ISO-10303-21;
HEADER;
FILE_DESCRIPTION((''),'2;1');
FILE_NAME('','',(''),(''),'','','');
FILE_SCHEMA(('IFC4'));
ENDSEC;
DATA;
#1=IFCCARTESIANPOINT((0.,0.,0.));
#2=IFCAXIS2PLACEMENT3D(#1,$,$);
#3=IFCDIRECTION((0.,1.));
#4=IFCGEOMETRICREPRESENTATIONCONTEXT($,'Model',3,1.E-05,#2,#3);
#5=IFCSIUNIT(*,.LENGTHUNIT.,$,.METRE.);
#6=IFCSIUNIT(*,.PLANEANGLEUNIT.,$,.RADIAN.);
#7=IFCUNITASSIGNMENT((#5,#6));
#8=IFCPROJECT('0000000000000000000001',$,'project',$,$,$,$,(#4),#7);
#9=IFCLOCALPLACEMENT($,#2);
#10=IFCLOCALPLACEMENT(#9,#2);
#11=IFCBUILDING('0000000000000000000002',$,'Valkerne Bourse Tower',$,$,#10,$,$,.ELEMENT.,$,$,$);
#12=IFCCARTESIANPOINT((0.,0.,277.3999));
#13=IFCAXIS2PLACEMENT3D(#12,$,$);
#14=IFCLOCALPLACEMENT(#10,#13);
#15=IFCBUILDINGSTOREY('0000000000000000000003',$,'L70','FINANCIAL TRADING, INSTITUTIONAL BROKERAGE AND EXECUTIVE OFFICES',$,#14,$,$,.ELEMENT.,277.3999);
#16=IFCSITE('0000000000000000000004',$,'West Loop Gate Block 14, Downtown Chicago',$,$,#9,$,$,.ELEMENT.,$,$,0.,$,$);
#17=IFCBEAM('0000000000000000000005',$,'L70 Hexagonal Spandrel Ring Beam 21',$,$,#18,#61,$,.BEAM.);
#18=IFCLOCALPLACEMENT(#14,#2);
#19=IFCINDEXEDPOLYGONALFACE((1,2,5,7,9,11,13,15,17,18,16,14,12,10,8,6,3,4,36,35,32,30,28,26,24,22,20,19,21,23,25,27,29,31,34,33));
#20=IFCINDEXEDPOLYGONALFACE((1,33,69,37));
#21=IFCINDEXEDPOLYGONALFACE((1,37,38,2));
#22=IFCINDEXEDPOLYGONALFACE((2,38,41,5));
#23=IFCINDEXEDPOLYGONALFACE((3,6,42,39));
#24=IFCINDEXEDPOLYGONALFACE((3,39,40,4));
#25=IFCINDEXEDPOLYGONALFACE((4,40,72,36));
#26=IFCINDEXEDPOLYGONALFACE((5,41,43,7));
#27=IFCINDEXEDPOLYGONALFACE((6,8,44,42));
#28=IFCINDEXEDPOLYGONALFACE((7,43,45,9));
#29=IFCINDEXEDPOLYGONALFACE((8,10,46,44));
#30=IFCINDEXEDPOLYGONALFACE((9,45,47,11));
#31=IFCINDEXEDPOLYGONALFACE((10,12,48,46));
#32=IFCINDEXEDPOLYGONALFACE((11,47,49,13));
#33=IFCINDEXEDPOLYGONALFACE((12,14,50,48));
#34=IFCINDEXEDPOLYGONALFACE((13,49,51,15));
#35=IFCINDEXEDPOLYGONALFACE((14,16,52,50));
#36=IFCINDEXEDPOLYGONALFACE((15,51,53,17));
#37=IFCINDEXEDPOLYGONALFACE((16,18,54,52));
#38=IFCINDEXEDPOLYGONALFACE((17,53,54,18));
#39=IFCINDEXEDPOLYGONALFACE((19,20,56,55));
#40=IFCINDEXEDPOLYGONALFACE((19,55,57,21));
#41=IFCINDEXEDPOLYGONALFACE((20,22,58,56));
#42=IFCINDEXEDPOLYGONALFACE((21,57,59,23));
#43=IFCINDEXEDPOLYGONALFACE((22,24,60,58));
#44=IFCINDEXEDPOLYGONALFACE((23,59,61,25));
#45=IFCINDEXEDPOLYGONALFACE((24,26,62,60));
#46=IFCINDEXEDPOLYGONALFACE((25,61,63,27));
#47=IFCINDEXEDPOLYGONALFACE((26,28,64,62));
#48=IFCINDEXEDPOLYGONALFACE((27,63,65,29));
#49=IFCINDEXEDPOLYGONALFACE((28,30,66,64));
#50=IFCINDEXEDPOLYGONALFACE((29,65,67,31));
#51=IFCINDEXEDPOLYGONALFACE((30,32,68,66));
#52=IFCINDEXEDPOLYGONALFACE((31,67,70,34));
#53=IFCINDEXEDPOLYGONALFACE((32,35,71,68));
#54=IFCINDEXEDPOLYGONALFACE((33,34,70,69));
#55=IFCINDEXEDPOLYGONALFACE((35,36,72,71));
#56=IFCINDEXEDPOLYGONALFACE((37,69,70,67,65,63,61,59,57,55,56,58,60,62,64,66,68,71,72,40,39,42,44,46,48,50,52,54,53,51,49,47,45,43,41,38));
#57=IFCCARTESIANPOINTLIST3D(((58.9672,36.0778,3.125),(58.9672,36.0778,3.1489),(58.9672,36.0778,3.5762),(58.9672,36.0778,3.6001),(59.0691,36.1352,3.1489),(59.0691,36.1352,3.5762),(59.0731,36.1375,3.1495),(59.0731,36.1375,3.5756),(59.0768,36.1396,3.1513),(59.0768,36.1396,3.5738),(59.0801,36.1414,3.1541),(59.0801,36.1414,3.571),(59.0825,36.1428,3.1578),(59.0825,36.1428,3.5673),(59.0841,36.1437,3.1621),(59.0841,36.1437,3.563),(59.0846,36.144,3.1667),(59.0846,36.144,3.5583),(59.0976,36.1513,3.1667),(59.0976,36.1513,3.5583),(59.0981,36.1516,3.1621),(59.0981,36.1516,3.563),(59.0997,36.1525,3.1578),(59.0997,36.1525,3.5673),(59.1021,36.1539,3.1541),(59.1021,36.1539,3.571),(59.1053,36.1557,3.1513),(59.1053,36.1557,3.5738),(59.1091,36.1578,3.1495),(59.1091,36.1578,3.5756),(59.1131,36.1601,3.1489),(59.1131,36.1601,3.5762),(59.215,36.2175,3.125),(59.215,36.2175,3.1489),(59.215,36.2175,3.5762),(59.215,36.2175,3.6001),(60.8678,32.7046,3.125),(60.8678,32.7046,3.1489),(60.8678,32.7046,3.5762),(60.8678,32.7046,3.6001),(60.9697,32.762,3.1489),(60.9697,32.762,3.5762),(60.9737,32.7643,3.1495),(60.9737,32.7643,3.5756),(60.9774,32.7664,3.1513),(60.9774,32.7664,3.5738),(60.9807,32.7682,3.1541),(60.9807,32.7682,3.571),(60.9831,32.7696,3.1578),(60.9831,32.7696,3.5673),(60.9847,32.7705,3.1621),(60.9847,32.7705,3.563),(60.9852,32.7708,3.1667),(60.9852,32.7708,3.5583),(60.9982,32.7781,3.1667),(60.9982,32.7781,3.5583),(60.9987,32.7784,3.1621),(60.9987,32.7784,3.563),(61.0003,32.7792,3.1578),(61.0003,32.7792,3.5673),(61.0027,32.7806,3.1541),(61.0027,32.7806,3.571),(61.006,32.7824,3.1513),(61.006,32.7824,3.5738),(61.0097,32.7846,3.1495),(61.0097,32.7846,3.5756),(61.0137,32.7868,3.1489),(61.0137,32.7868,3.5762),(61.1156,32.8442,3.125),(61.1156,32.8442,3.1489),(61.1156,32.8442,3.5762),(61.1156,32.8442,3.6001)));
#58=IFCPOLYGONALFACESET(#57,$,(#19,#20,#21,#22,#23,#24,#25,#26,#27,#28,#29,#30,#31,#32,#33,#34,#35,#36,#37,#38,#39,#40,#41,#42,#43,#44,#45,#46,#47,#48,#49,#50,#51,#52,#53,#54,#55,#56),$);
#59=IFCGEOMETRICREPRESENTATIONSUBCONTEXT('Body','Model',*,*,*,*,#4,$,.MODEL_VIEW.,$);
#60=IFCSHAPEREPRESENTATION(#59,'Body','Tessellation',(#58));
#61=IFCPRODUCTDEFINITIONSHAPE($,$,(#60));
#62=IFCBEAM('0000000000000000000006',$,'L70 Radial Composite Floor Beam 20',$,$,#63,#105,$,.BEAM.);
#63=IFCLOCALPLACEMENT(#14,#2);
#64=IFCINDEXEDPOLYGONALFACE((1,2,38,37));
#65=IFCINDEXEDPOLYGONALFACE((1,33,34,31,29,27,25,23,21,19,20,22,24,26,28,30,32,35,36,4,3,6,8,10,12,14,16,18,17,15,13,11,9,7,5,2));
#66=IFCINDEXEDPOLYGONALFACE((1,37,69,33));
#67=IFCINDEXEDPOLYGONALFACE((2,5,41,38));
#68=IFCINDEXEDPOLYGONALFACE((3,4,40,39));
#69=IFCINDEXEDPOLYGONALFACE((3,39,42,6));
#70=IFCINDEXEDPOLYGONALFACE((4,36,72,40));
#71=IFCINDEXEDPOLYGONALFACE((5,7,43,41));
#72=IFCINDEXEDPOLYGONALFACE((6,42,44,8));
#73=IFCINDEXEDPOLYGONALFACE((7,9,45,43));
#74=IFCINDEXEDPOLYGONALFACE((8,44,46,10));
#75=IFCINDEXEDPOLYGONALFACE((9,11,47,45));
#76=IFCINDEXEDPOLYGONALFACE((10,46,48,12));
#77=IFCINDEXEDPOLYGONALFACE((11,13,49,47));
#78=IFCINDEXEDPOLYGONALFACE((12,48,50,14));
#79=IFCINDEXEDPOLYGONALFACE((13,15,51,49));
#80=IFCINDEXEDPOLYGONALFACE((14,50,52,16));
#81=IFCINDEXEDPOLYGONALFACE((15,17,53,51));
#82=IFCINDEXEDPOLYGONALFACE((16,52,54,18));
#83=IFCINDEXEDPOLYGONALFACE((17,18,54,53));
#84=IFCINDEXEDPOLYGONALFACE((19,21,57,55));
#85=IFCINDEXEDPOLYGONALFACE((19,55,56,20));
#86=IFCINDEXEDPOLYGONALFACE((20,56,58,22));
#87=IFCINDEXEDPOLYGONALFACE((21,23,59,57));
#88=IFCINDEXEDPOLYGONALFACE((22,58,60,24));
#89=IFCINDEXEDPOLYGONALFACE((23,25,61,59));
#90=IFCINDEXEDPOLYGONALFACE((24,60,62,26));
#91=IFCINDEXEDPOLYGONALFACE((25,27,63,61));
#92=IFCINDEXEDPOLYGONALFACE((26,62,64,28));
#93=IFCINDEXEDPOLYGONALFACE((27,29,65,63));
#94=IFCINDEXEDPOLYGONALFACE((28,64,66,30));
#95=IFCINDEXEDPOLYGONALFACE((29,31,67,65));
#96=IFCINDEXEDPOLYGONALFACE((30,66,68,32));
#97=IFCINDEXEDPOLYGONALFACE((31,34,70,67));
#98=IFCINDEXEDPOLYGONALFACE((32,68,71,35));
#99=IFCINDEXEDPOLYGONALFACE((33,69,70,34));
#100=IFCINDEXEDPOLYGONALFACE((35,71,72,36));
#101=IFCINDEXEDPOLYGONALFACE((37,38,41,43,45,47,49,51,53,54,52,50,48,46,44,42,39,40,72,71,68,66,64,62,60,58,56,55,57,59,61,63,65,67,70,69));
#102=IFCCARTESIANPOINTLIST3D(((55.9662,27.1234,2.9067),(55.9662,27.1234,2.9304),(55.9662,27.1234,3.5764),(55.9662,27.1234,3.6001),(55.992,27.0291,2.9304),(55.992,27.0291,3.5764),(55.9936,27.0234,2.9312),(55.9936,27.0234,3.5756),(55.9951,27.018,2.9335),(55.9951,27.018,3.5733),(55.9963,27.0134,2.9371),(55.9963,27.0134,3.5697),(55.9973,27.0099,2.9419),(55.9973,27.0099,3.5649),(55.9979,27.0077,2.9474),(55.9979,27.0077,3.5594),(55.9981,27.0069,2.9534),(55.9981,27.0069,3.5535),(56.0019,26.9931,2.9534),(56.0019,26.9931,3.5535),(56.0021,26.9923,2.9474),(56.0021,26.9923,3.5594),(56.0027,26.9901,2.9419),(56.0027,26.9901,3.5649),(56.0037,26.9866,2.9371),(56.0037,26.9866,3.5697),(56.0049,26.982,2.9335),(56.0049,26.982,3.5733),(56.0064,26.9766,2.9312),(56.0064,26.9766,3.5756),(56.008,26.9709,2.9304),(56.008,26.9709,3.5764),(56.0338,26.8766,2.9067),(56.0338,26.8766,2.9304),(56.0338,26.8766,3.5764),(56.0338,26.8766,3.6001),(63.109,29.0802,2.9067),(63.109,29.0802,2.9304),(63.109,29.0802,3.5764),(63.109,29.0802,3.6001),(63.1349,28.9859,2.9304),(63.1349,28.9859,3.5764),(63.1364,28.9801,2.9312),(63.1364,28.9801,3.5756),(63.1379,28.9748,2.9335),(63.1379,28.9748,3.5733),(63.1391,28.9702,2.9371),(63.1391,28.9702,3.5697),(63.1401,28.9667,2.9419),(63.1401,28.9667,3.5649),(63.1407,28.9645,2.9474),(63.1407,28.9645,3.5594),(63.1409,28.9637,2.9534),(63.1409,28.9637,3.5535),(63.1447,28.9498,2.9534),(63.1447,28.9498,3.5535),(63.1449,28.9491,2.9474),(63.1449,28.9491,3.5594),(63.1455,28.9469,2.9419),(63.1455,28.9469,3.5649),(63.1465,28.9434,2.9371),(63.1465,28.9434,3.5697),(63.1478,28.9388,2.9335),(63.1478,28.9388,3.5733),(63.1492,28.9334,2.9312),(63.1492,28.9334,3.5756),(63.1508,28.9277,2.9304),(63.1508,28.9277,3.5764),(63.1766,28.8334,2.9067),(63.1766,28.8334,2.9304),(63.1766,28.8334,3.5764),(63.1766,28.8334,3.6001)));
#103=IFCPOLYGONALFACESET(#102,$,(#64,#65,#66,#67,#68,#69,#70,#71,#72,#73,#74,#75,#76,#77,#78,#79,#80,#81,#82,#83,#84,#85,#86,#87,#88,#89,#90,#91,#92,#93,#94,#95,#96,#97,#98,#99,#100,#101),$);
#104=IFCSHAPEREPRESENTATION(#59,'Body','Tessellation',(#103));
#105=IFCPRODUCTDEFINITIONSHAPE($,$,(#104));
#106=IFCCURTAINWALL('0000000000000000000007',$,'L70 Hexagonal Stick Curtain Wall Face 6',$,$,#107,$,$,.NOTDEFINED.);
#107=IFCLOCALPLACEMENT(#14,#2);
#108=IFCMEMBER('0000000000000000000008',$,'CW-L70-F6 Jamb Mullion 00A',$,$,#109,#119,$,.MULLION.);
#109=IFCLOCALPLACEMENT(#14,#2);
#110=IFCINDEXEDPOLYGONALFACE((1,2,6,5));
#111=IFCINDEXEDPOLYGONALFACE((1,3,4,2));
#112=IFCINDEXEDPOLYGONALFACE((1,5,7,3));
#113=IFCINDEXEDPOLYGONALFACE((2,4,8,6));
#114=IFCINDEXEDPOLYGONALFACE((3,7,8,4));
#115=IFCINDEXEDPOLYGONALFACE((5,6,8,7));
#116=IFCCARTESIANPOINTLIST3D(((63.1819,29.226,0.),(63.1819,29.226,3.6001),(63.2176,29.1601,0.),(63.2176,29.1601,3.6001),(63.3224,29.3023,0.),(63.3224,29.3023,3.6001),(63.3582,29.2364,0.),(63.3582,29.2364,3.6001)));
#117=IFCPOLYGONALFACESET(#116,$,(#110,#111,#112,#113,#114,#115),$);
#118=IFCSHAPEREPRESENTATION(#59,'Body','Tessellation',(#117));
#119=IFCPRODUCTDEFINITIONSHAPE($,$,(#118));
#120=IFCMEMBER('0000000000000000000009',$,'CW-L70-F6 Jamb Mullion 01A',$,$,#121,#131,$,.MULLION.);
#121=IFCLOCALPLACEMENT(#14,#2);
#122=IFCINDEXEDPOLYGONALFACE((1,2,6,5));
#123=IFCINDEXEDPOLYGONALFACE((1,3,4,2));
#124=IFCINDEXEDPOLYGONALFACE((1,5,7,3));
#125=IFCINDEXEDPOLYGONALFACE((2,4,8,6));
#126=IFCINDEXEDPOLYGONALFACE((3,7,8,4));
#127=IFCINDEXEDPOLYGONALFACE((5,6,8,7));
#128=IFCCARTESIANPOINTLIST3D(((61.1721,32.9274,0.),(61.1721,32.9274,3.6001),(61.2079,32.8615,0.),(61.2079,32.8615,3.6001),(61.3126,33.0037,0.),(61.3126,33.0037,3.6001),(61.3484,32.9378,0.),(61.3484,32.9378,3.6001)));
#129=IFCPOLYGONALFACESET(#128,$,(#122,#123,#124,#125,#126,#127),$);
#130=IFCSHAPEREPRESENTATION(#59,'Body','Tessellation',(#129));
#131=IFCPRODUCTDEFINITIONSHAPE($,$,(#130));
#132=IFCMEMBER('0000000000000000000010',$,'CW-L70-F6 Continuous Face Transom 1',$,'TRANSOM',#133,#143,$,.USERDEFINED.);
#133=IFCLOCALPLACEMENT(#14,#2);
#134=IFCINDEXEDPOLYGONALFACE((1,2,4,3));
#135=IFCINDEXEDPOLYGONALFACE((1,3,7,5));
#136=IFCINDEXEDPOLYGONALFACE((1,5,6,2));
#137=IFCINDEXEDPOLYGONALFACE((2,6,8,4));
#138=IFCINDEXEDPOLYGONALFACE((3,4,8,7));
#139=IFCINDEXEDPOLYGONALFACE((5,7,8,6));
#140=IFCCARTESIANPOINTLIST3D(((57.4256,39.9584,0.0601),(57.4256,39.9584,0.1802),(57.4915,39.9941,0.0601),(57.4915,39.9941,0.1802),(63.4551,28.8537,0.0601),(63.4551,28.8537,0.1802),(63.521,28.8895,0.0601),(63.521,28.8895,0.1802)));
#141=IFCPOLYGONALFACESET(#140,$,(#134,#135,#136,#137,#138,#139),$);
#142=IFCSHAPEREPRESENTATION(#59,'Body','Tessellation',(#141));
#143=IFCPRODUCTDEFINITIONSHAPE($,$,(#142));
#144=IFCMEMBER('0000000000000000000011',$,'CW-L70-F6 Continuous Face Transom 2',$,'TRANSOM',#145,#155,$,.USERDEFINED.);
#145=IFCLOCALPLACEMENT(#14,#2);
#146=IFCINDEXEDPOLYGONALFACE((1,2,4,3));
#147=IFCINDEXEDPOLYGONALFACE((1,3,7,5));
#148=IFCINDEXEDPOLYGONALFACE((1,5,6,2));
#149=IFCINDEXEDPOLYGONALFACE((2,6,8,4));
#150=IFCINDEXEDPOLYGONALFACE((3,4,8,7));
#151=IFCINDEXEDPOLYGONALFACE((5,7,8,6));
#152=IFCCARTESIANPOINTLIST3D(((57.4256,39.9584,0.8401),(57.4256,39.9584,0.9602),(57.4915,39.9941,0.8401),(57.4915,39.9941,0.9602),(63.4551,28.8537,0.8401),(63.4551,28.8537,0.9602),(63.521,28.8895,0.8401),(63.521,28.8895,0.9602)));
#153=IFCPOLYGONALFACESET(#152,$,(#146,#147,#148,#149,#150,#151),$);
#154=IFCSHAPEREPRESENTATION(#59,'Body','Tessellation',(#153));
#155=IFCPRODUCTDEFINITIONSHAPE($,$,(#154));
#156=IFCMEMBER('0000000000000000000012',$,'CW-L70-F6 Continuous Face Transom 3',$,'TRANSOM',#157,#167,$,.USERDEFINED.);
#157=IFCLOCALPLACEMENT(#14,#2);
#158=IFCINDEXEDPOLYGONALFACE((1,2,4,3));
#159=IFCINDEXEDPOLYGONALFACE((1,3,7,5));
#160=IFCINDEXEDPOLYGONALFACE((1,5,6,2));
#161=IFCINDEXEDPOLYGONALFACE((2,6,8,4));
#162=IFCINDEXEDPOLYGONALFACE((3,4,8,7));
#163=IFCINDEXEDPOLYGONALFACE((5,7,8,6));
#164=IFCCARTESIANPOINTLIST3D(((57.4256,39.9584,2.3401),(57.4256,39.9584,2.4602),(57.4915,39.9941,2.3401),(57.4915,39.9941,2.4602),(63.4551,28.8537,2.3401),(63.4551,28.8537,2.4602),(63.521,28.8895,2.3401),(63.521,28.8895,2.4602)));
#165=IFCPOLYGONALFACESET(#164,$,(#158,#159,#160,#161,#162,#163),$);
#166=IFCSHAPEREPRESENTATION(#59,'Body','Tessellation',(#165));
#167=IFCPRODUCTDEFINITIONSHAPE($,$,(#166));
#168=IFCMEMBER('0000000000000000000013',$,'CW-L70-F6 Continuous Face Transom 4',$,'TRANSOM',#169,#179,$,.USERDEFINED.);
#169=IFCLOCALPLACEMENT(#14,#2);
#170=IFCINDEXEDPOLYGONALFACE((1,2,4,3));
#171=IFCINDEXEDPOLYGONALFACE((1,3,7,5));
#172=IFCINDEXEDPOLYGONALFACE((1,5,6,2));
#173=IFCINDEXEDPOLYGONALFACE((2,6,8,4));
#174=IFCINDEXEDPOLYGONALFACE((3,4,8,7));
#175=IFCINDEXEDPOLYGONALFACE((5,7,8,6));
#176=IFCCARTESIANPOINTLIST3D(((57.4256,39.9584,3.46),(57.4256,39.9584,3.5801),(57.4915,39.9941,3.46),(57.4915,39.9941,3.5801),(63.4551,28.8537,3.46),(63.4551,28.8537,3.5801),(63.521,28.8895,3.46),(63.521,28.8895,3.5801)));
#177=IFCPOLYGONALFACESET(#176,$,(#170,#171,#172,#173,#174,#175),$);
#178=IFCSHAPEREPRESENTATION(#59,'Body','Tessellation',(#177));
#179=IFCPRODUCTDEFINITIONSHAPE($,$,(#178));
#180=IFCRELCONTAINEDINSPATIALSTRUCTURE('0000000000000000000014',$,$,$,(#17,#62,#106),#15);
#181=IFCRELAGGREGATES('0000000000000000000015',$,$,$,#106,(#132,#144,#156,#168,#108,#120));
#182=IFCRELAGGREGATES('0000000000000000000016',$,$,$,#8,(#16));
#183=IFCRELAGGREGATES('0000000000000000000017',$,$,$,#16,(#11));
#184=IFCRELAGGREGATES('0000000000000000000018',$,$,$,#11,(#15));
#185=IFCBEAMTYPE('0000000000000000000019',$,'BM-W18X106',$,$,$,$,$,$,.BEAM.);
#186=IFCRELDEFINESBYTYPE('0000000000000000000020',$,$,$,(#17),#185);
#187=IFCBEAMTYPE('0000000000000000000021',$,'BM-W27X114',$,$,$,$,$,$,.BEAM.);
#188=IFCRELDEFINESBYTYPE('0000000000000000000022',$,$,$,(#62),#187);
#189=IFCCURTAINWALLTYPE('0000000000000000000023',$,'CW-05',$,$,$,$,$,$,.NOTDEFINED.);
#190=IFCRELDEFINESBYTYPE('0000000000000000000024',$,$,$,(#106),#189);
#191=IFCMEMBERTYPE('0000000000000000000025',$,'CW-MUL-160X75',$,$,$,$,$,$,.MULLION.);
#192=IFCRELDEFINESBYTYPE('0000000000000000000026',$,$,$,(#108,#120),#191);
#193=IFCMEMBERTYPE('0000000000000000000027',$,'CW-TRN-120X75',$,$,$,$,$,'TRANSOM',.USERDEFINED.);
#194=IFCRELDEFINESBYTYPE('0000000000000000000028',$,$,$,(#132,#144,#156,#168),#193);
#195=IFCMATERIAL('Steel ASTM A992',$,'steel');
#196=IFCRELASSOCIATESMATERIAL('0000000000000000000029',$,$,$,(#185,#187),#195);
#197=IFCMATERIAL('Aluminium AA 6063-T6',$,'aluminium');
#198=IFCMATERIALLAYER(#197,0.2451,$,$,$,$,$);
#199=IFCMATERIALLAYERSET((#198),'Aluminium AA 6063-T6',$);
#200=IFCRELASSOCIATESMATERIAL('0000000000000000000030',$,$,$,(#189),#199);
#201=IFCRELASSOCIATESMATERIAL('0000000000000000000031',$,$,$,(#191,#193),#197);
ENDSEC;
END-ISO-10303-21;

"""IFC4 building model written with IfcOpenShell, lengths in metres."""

from ifc_helpers import new_model, si_unit, direction, frame, origin, origin_2d, place, context, subcontext, project, spatial, rectangle, i_section, extrude, material, layer, layer_set, material_profile, profile_set, type_object, element, aggregate, save


model = new_model("IFC4")

# Units and contexts
model_context = context("Model", 3, precision=1e-05, world=origin(), true_north=direction((0.0, 1.0)))
body_context = subcontext(model_context, "Body", "Model", "MODEL_VIEW")
ifc_project = project(units=[si_unit("LENGTHUNIT", "METRE"), si_unit("PLANEANGLEUNIT", "RADIAN")], contexts=[model_context])

# Site, building, storey
site_placement = place(None, origin())
site = spatial("IfcSite", under=ifc_project, at=site_placement, Name="West Loop Gate Block 14, Downtown Chicago", CompositionType="ELEMENT", RefElevation=0.0)
building_placement = place(site_placement, origin())
building = spatial("IfcBuilding", under=site, at=building_placement, Name="Valkerne Bourse Tower", CompositionType="ELEMENT")
storey_placement = place(building_placement, frame((0.0, 0.0, 277.3999)))
storey = spatial("IfcBuildingStorey", under=building, at=storey_placement, Name="L70", Description="FINANCIAL TRADING, INSTITUTIONAL BROKERAGE AND EXECUTIVE OFFICES", CompositionType="ELEMENT", Elevation=277.3999)

# Beams
ifc_material_1 = material(Name="Steel ASTM A992", Category="steel")
ifc_material_profile_1 = material_profile(ifc_material_1, i_section(OverallWidth=0.2844, OverallDepth=0.4751, WebThickness=0.0149, FlangeThickness=0.0239, FilletRadius=0.0178, at=origin_2d()), Name="W18X106")
ifc_profile_set_1 = profile_set([ifc_material_profile_1], Name="Steel ASTM A992")
beam_type_1 = type_object("IfcBeamType", Name="BM-W18X106", PredefinedType="BEAM", material=ifc_profile_set_1)
for number, where, z_axis, x_axis, name in (
    (1, (60.9917, 32.7744, 3.3625), (-0.490881, 0.871227, 0.0), (-0.871227, -0.490881, 0.0), "L70 Hexagonal Spandrel Ring Beam 21"),
):
    element("IfcBeam", number, at=place(storey_placement, frame(where, z_axis=z_axis, x_axis=x_axis)), inside=storey, type_object=beam_type_1, Name=name, PredefinedType="BEAM", context=body_context, shape_type="SweptSolid", body=[
        extrude(i_section(OverallWidth=0.2844, OverallDepth=0.4751, WebThickness=0.0149, FlangeThickness=0.0239, FilletRadius=0.0178, at=origin_2d()), origin(), (0.0, 0.0, 1.0), 3.8718),
    ])
ifc_material_profile_2 = material_profile(ifc_material_1, i_section(OverallWidth=0.2559, OverallDepth=0.6934, WebThickness=0.0144, FlangeThickness=0.0237, FilletRadius=0.0229, at=origin_2d()), Name="W27X114")
ifc_profile_set_2 = profile_set([ifc_material_profile_2], Name="Steel ASTM A992")
beam_type_2 = type_object("IfcBeamType", Name="BM-W27X114", PredefinedType="BEAM", material=ifc_profile_set_2)
beam_placement = place(storey_placement, frame((63.1428, 28.9568, 3.2534), z_axis=(-0.964463, -0.264216, 0.0), x_axis=(0.264216, -0.964463, 0.0)))
element("IfcBeam", 2, at=beam_placement, inside=storey, type_object=beam_type_2, Name="L70 Radial Composite Floor Beam 20", PredefinedType="BEAM", context=body_context, shape_type="SweptSolid", body=[
    extrude(i_section(OverallWidth=0.2559, OverallDepth=0.6934, WebThickness=0.0144, FlangeThickness=0.0237, FilletRadius=0.0229, at=origin_2d()), origin(), (0.0, 0.0, 1.0), 7.406),
])

# Curtain wall, members
ifc_material_2 = material(Name="Aluminium AA 6063-T6", Category="aluminium")
ifc_layer_1 = layer(ifc_material_2, 0.2451)
ifc_layer_set_1 = layer_set([ifc_layer_1], Name="Aluminium AA 6063-T6")
curtain_wall_type = type_object("IfcCurtainWallType", Name="CW-05", PredefinedType="NOTDEFINED", material=ifc_layer_set_1)
curtain_wall_placement = place(storey_placement, origin())
curtain_wall = element("IfcCurtainWall", 3, at=curtain_wall_placement, inside=storey, type_object=curtain_wall_type, Name="L70 Hexagonal Stick Curtain Wall Face 6", PredefinedType="NOTDEFINED")
ifc_material_profile_3 = material_profile(ifc_material_2, rectangle(XDim=0.075, YDim=0.1599, at=origin_2d()), Name="CWM-75X160")
ifc_profile_set_3 = profile_set([ifc_material_profile_3], Name="Aluminium AA 6063-T6")
member_type_1 = type_object("IfcMemberType", Name="CW-MUL-160X75", PredefinedType="MULLION", material=ifc_profile_set_3)
member_1_placement = place(storey_placement, frame((63.27, 29.2312, 0.0), z_axis=(0.0, 0.0, 1.0), x_axis=(-0.477158, 0.878818, 0.0)))
member_1 = element("IfcMember", 4, at=member_1_placement, type_object=member_type_1, Name="CW-L70-F6 Jamb Mullion 00A", PredefinedType="MULLION", context=body_context, shape_type="SweptSolid", body=[
    extrude(rectangle(XDim=0.075, YDim=0.1599, at=origin_2d()), origin(), (0.0, 0.0, 1.0), 3.6001),
])
member_2_placement = place(storey_placement, frame((61.2603, 32.9326, 0.0), z_axis=(0.0, 0.0, 1.0), x_axis=(-0.477158, 0.878818, 0.0)))
member_2 = element("IfcMember", 5, at=member_2_placement, type_object=member_type_1, Name="CW-L70-F6 Jamb Mullion 01A", PredefinedType="MULLION", context=body_context, shape_type="SweptSolid", body=[
    extrude(rectangle(XDim=0.075, YDim=0.1599, at=origin_2d()), origin(), (0.0, 0.0, 1.0), 3.6001),
])
ifc_material_profile_4 = material_profile(ifc_material_2, rectangle(XDim=0.075, YDim=0.1201, at=origin_2d()), Name="CWT-75X120")
ifc_profile_set_4 = profile_set([ifc_material_profile_4], Name="Aluminium AA 6063-T6")
member_type_2 = type_object("IfcMemberType", Name="CW-TRN-120X75", ElementType="TRANSOM", PredefinedType="USERDEFINED", material=ifc_profile_set_4)
member_3_placement = place(storey_placement, frame((63.488, 28.8716, 0.1201), z_axis=(-0.477169, 0.878812, 0.0), x_axis=(-0.878812, -0.477169, 0.0)))
member_3 = element("IfcMember", 6, at=member_3_placement, type_object=member_type_2, Name="CW-L70-F6 Continuous Face Transom 1", ObjectType="TRANSOM", PredefinedType="USERDEFINED", context=body_context, shape_type="SweptSolid", body=[
    extrude(rectangle(XDim=0.075, YDim=0.1201, at=origin_2d()), origin(), (0.0, 0.0, 1.0), 12.636),
])
member_4_placement = place(storey_placement, frame((63.488, 28.8716, 0.9001), z_axis=(-0.477169, 0.878812, 0.0), x_axis=(-0.878812, -0.477169, 0.0)))
member_4 = element("IfcMember", 7, at=member_4_placement, type_object=member_type_2, Name="CW-L70-F6 Continuous Face Transom 2", ObjectType="TRANSOM", PredefinedType="USERDEFINED", context=body_context, shape_type="SweptSolid", body=[
    extrude(rectangle(XDim=0.075, YDim=0.1201, at=origin_2d()), origin(), (0.0, 0.0, 1.0), 12.636),
])
member_5_placement = place(storey_placement, frame((63.488, 28.8716, 2.4001), z_axis=(-0.477169, 0.878812, 0.0), x_axis=(-0.878812, -0.477169, 0.0)))
member_5 = element("IfcMember", 8, at=member_5_placement, type_object=member_type_2, Name="CW-L70-F6 Continuous Face Transom 3", ObjectType="TRANSOM", PredefinedType="USERDEFINED", context=body_context, shape_type="SweptSolid", body=[
    extrude(rectangle(XDim=0.075, YDim=0.1201, at=origin_2d()), origin(), (0.0, 0.0, 1.0), 12.636),
])
member_6_placement = place(storey_placement, frame((63.488, 28.8716, 3.52), z_axis=(-0.477169, 0.878812, 0.0), x_axis=(-0.878812, -0.477169, 0.0)))
member_6 = element("IfcMember", 9, at=member_6_placement, type_object=member_type_2, Name="CW-L70-F6 Continuous Face Transom 4", ObjectType="TRANSOM", PredefinedType="USERDEFINED", context=body_context, shape_type="SweptSolid", body=[
    extrude(rectangle(XDim=0.075, YDim=0.1201, at=origin_2d()), origin(), (0.0, 0.0, 1.0), 12.636),
])
aggregate(curtain_wall, [member_3, member_4, member_5, member_6, member_1, member_2])

save(model, "model.ifc")
